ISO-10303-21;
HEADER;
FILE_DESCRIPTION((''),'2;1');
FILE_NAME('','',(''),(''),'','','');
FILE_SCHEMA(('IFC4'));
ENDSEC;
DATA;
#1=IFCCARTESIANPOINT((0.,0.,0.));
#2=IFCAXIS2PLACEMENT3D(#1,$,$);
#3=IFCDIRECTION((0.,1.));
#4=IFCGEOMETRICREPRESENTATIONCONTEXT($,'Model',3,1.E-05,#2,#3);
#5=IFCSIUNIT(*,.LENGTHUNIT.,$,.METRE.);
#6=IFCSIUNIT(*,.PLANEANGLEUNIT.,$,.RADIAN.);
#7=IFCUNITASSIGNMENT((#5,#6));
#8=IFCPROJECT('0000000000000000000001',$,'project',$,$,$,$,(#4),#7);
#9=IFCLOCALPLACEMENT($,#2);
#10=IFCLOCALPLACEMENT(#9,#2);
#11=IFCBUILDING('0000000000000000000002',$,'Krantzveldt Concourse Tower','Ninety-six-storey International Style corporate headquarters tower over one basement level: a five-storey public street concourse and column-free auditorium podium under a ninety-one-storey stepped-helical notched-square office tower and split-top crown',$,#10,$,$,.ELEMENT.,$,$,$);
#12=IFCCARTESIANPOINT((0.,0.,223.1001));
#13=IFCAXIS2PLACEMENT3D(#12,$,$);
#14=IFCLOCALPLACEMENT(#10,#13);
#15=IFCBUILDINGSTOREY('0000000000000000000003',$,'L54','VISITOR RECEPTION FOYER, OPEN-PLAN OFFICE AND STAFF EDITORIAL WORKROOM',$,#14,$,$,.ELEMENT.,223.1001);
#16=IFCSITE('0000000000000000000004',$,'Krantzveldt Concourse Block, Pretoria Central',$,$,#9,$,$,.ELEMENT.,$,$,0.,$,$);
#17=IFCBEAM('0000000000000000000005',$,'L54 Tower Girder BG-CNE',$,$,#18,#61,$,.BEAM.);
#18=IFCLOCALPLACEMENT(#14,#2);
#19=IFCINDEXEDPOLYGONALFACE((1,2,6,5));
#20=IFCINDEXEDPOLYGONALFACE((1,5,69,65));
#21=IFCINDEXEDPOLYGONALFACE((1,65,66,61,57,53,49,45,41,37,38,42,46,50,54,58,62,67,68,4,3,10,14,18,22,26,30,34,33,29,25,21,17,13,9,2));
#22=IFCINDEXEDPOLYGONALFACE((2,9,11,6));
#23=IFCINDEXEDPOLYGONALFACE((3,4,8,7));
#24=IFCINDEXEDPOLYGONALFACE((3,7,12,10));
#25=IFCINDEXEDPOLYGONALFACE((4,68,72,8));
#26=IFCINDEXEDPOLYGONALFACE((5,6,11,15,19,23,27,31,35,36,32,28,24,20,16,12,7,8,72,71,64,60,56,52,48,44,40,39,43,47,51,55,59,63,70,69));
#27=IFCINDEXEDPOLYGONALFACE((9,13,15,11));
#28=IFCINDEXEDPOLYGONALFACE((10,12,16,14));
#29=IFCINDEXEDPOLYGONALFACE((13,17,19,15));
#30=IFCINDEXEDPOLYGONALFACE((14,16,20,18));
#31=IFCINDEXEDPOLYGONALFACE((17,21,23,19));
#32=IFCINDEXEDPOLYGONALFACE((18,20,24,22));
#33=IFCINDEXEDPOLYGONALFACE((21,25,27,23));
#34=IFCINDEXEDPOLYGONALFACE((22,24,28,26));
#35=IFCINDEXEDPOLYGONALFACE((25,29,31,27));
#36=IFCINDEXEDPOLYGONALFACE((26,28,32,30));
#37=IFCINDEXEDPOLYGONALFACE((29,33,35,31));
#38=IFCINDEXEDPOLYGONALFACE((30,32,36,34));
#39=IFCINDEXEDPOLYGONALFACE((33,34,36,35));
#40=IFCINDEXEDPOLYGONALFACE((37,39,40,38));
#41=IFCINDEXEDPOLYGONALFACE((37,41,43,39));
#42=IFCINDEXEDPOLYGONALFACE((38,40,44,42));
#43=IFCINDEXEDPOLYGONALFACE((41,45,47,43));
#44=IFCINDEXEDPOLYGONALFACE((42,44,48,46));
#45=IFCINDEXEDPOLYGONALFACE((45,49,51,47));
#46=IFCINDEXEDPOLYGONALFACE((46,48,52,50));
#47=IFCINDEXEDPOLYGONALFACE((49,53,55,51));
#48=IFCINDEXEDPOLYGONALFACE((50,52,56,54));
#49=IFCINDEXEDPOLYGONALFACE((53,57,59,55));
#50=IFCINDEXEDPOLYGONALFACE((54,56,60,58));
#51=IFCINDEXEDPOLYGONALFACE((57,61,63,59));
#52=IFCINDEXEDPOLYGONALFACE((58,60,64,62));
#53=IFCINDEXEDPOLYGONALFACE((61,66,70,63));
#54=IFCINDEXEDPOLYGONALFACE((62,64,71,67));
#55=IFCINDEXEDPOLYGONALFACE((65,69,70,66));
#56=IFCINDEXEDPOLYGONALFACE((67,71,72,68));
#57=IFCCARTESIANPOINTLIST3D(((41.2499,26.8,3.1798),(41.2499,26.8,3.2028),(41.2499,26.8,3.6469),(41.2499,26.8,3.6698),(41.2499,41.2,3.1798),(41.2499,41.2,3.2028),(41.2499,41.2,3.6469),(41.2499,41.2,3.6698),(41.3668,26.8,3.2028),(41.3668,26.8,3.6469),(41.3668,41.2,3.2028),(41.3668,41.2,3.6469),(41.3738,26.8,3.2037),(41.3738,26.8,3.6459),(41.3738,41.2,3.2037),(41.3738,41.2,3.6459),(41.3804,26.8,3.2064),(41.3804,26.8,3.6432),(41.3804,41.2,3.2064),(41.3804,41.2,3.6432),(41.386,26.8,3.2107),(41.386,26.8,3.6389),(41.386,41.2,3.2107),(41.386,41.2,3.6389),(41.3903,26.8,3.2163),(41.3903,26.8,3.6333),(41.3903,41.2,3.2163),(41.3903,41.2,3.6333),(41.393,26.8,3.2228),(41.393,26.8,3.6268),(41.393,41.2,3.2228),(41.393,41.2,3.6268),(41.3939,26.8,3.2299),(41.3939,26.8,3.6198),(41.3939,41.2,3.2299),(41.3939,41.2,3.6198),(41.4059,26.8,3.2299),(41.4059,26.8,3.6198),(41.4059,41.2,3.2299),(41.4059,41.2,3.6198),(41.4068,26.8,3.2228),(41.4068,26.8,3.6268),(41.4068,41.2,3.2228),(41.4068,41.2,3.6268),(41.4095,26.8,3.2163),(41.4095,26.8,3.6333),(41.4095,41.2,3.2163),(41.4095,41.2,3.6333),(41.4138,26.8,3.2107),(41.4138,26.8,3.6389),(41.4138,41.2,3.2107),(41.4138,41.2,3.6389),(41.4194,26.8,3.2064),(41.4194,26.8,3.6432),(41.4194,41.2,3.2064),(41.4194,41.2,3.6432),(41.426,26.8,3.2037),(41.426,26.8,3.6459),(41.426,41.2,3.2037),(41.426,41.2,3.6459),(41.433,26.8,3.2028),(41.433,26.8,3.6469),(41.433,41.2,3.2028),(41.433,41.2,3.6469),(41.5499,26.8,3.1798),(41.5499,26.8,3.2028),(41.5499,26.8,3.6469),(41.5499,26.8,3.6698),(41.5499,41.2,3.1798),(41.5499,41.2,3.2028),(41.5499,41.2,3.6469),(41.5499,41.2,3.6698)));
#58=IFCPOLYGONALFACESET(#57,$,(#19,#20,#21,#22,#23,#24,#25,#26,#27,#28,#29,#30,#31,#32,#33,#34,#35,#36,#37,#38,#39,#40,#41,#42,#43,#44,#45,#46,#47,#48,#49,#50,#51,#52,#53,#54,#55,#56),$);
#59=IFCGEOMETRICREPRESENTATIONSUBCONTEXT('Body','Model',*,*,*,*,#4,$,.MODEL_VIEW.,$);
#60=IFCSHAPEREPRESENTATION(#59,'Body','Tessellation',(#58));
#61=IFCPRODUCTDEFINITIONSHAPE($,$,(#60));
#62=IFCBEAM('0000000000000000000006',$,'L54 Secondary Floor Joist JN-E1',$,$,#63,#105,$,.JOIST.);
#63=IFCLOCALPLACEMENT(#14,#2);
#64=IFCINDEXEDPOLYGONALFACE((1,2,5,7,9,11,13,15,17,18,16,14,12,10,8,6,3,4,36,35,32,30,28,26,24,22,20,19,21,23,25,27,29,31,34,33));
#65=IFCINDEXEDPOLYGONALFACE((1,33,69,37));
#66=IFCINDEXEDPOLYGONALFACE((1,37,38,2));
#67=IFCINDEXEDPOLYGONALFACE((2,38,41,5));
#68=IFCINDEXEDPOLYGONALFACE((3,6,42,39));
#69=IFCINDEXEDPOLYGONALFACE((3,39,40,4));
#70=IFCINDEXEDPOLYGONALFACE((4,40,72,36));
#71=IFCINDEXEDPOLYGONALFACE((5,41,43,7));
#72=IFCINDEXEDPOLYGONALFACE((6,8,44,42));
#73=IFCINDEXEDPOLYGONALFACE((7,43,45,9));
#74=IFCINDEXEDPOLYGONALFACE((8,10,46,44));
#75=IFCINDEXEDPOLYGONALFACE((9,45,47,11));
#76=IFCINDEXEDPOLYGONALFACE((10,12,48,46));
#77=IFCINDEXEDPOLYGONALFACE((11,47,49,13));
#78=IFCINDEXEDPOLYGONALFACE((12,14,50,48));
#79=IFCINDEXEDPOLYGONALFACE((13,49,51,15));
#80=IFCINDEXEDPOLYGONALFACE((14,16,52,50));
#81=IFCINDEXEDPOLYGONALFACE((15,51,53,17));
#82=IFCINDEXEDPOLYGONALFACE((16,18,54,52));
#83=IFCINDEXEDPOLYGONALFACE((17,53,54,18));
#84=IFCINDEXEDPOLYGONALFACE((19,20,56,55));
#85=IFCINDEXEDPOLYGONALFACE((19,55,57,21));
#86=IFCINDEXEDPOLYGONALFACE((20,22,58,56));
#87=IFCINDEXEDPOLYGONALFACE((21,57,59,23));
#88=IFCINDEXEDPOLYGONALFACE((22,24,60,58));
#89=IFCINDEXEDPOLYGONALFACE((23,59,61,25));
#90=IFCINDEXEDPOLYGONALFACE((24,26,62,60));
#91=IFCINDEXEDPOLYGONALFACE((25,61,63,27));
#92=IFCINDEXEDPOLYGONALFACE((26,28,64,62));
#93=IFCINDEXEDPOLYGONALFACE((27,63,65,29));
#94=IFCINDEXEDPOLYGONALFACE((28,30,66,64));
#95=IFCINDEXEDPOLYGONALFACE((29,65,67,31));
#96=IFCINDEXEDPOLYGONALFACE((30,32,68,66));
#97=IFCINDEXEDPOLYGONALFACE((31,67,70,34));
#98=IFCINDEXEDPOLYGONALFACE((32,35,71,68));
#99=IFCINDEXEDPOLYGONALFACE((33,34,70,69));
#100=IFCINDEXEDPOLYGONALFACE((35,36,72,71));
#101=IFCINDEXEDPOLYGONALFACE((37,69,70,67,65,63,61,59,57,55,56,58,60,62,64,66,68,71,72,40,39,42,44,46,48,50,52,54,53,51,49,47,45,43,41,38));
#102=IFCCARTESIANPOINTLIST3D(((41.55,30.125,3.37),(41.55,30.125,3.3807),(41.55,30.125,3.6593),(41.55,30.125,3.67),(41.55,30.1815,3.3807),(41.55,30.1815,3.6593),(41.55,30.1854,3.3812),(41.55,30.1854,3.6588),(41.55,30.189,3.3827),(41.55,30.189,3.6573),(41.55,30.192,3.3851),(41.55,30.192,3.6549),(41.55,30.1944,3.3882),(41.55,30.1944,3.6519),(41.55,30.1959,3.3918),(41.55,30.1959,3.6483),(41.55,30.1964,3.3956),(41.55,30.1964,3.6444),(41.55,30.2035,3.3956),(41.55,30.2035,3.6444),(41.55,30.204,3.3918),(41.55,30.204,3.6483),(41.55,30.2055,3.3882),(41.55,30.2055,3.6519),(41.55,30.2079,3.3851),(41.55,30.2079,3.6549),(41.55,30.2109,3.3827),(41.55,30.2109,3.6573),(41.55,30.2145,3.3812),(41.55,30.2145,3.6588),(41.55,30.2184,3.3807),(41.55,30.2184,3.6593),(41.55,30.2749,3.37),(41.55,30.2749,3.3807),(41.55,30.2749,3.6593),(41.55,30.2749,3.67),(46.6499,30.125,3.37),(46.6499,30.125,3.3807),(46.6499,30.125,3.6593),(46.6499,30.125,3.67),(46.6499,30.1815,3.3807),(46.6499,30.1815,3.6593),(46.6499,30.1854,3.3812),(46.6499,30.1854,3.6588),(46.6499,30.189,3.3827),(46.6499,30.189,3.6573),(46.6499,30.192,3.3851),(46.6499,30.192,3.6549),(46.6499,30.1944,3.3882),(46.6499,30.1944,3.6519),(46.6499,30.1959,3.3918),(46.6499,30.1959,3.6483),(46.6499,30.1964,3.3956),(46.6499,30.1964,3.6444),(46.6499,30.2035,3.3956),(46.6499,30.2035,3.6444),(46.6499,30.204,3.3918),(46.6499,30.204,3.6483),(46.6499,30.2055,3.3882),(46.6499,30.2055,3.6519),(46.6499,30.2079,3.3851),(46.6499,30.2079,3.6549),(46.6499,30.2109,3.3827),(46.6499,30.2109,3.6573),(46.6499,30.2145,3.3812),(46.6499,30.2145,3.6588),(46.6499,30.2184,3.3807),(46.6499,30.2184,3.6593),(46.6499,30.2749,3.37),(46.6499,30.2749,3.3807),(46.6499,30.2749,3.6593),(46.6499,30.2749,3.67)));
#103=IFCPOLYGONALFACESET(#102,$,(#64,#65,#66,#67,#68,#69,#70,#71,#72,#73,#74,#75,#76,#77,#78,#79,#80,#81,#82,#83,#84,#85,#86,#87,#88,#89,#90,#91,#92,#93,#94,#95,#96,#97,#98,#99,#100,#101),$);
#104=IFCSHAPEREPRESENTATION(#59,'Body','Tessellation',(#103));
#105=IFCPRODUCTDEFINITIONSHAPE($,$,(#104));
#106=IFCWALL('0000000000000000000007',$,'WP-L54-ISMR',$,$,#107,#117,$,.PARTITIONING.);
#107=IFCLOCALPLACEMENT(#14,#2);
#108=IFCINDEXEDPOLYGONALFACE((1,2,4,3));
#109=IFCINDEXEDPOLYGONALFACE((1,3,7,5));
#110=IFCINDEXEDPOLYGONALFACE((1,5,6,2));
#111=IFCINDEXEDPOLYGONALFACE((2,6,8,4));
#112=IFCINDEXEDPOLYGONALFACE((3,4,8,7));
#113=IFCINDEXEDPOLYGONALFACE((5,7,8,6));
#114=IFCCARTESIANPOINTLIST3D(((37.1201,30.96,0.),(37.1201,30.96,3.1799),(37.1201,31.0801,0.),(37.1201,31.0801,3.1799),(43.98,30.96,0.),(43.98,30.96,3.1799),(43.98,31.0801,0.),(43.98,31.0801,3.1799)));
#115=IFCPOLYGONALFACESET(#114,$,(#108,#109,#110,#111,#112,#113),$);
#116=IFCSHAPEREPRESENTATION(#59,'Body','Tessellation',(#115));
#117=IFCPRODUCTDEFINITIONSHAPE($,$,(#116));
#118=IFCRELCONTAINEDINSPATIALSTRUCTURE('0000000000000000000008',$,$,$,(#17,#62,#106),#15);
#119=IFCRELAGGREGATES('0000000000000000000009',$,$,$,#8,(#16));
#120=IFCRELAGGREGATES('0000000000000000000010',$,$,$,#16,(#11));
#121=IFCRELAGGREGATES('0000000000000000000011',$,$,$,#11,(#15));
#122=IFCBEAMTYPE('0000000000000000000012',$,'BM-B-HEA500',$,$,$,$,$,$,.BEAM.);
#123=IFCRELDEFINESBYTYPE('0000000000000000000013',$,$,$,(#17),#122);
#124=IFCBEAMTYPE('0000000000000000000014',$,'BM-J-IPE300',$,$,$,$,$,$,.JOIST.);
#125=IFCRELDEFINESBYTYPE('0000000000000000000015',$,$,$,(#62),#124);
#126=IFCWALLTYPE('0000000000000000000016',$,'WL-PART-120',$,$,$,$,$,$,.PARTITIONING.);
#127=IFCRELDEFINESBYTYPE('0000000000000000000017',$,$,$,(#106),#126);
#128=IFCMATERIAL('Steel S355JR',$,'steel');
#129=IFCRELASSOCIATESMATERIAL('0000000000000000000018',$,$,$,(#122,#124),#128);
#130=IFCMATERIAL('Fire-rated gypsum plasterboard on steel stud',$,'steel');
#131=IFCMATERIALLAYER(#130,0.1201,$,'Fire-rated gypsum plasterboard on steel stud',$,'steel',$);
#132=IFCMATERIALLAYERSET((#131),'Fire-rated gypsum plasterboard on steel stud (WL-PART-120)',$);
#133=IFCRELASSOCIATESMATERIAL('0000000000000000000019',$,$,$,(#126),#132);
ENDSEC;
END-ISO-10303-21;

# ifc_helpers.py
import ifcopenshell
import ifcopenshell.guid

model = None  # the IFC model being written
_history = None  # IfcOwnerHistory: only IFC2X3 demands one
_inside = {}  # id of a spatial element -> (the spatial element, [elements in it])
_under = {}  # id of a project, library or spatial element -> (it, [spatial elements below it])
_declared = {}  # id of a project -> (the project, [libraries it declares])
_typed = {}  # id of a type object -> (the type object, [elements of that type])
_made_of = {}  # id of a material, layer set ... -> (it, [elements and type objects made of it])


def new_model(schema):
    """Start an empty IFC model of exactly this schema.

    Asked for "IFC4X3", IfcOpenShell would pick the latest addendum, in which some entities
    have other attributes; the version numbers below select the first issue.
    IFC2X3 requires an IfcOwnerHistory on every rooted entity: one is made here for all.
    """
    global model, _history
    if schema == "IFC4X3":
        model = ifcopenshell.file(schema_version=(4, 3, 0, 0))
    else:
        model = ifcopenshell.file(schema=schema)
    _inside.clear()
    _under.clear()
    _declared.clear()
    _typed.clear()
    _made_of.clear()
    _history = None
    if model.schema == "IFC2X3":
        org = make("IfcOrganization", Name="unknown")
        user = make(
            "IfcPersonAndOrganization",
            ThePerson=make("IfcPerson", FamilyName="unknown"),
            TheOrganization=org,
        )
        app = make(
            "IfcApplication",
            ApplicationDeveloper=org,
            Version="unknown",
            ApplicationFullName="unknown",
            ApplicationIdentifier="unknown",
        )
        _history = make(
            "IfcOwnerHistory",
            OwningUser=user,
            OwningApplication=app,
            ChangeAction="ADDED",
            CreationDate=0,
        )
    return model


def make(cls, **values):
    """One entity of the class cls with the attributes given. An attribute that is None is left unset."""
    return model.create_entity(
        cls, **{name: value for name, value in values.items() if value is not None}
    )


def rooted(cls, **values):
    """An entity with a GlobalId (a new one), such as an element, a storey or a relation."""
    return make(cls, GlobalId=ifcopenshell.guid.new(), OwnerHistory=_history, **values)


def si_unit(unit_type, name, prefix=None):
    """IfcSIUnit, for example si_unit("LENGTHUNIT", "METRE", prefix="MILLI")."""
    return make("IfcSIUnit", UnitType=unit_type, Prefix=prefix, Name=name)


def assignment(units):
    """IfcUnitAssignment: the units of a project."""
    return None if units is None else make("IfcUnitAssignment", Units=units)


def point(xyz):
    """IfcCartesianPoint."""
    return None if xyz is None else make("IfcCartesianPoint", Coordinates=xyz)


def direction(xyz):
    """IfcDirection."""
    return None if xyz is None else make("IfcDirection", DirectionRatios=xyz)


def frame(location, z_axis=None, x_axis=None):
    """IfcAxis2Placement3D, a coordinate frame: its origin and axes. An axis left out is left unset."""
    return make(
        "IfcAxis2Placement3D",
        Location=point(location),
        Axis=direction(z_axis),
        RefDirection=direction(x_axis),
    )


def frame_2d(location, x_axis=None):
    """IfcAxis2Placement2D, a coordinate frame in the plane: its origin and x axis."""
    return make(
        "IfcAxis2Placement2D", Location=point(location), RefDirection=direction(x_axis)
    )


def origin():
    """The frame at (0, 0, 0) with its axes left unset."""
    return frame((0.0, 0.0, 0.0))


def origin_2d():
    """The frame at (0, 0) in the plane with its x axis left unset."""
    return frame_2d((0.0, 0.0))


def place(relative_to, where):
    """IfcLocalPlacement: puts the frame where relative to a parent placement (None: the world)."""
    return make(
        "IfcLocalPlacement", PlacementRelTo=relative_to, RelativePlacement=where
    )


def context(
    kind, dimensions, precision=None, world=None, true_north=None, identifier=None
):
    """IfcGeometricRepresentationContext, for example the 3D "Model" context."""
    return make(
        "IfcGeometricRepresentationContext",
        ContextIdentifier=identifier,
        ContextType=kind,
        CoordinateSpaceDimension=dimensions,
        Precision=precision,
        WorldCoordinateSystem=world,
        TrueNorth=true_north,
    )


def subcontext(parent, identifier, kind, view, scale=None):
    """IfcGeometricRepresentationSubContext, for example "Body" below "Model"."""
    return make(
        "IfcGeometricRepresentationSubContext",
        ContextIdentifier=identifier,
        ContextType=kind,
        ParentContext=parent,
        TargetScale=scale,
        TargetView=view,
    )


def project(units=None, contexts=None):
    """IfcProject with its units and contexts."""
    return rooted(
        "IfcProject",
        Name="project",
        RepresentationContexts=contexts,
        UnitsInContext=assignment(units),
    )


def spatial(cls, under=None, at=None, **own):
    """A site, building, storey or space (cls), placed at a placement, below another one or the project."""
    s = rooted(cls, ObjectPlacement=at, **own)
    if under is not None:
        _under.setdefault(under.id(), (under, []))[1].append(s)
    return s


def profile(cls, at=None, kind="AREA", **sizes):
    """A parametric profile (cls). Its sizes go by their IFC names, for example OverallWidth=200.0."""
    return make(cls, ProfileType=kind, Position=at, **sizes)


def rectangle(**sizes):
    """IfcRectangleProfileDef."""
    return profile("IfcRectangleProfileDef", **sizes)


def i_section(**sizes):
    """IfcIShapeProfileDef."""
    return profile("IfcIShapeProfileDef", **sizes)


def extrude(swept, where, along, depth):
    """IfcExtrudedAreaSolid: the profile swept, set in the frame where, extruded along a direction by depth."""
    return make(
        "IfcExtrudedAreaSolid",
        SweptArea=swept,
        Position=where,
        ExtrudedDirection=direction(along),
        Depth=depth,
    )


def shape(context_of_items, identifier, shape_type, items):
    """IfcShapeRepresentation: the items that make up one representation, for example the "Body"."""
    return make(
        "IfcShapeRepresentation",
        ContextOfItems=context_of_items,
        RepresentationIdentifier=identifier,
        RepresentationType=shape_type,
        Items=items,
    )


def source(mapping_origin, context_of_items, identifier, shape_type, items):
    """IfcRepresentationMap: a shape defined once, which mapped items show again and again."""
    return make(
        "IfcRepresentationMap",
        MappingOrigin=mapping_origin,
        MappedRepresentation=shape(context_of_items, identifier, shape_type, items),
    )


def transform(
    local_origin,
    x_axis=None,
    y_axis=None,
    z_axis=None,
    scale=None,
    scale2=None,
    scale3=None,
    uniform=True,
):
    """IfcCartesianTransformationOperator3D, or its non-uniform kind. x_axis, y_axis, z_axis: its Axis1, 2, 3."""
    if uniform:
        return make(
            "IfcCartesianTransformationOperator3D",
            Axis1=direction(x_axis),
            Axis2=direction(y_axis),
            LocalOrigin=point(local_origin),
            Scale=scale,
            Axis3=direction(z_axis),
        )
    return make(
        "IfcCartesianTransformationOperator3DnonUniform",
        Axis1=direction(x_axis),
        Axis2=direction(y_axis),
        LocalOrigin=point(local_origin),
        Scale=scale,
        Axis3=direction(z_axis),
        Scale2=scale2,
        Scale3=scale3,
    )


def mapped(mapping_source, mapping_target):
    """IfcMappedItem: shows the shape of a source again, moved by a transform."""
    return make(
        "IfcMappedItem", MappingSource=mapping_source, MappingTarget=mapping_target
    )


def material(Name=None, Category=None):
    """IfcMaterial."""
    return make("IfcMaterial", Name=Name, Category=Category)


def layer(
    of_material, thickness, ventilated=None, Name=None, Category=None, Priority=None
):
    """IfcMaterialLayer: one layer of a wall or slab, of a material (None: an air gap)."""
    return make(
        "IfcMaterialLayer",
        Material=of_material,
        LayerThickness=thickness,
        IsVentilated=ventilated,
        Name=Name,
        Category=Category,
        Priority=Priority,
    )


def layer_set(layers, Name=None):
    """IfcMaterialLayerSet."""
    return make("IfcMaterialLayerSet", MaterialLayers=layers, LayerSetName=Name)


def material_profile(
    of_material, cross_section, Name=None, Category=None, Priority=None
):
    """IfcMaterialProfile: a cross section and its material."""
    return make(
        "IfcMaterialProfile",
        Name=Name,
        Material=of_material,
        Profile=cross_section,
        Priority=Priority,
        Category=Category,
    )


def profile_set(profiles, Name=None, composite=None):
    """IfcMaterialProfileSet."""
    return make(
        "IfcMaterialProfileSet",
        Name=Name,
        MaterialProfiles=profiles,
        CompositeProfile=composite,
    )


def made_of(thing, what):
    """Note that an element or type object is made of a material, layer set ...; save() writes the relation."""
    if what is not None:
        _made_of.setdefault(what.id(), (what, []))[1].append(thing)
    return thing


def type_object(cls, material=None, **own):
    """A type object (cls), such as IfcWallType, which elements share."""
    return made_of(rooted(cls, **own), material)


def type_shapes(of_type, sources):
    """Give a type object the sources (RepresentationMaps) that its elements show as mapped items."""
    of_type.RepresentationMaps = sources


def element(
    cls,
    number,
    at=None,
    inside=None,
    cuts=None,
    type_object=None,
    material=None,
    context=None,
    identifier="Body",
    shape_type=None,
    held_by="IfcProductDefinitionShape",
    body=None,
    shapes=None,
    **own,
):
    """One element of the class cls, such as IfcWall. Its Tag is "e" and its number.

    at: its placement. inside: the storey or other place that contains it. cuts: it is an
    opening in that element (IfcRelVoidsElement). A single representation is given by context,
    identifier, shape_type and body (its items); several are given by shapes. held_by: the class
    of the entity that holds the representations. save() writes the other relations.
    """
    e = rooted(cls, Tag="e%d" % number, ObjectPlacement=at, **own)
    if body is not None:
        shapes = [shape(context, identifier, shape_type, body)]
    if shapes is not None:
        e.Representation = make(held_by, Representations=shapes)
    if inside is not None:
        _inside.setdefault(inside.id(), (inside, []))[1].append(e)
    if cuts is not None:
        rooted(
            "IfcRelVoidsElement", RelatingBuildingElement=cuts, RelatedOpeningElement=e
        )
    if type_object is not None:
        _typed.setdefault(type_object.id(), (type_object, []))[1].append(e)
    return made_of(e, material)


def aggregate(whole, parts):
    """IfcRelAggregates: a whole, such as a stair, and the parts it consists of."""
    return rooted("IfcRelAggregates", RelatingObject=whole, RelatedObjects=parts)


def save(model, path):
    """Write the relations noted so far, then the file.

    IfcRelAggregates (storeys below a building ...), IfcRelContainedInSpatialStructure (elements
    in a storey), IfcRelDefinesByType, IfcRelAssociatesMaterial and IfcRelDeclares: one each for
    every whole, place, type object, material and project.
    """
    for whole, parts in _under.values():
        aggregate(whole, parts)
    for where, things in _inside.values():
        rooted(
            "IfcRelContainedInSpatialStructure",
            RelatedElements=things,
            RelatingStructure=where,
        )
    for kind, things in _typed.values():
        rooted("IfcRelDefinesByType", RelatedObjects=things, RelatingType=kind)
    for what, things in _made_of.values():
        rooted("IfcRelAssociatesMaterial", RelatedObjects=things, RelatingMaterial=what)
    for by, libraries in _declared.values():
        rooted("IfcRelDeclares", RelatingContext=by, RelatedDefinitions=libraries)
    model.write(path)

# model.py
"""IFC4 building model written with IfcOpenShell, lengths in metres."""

from ifc_helpers import new_model, si_unit, direction, frame, frame_2d, origin, origin_2d, place, context, subcontext, project, spatial, rectangle, i_section, extrude, source, transform, mapped, material, layer, layer_set, material_profile, profile_set, type_object, type_shapes, element, save


model = new_model("IFC4")

# Units and contexts
model_context = context("Model", 3, precision=1e-05, world=origin(), true_north=direction((0.0, 1.0)))
body_context = subcontext(model_context, "Body", "Model", "MODEL_VIEW")
ifc_project = project(units=[si_unit("LENGTHUNIT", "METRE"), si_unit("PLANEANGLEUNIT", "RADIAN")], contexts=[model_context])

# Site, building, storey
site_placement = place(None, origin())
site = spatial("IfcSite", under=ifc_project, at=site_placement, Name="Krantzveldt Concourse Block, Pretoria Central", CompositionType="ELEMENT", RefElevation=0.0)
building_placement = place(site_placement, origin())
building = spatial("IfcBuilding", under=site, at=building_placement, Name="Krantzveldt Concourse Tower", Description="Ninety-six-storey International Style corporate headquarters tower over one basement level: a five-storey public street concourse and column-free auditorium podium under a ninety-one-storey stepped-helical notched-square office tower and split-top crown", CompositionType="ELEMENT")
storey_placement = place(building_placement, frame((0.0, 0.0, 223.1001)))
storey = spatial("IfcBuildingStorey", under=building, at=storey_placement, Name="L54", Description="VISITOR RECEPTION FOYER, OPEN-PLAN OFFICE AND STAFF EDITORIAL WORKROOM", CompositionType="ELEMENT", Elevation=223.1001)

# Beams
ifc_material_1 = material(Name="Steel S355JR", Category="steel")
ifc_material_profile_1 = material_profile(ifc_material_1, i_section(OverallWidth=0.3, OverallDepth=0.49, WebThickness=0.012, FlangeThickness=0.0229, FilletRadius=0.0271, at=origin_2d()), Name="Steel S355JR", Category="steel")
ifc_profile_set_1 = profile_set([ifc_material_profile_1], Name="Steel S355JR - HEA 500")
beam_type_1 = type_object("IfcBeamType", Name="BM-B-HEA500", PredefinedType="BEAM", material=ifc_profile_set_1)
shared_shape_1 = source(origin(), body_context, "Body", "SweptSolid", [
    extrude(i_section(OverallWidth=0.3, OverallDepth=0.49, WebThickness=0.012, FlangeThickness=0.0229, FilletRadius=0.0271, at=origin_2d()), origin(), (0.0, 0.0, 1.0), 14.3999),
])
type_shapes(beam_type_1, [shared_shape_1])
beam_1_placement = place(storey_placement, frame((41.3999, 26.8, 3.4248), z_axis=(0.0, 1.0, 0.0), x_axis=(-1.0, 0.0, 0.0)))
element("IfcBeam", 1, at=beam_1_placement, inside=storey, type_object=beam_type_1, Name="L54 Tower Girder BG-CNE", PredefinedType="BEAM", context=body_context, shape_type="MappedRepresentation", body=[
    mapped(shared_shape_1, transform((0.0, 0.0, 0.0), x_axis=(1.0, 0.0, 0.0), y_axis=(0.0, 1.0, 0.0), z_axis=(0.0, 0.0, 1.0), scale=1.0)),
])
ifc_material_profile_2 = material_profile(ifc_material_1, i_section(OverallWidth=0.1499, OverallDepth=0.3, WebThickness=0.0071, FlangeThickness=0.0107, FilletRadius=0.0149, at=origin_2d()), Name="Steel S355JR", Category="steel")
ifc_profile_set_2 = profile_set([ifc_material_profile_2], Name="Steel S355JR - IPE 300")
beam_type_2 = type_object("IfcBeamType", Name="BM-J-IPE300", PredefinedType="JOIST", material=ifc_profile_set_2)
shared_shape_2 = source(origin(), body_context, "Body", "SweptSolid", [
    extrude(i_section(OverallWidth=0.1499, OverallDepth=0.3, WebThickness=0.0071, FlangeThickness=0.0107, FilletRadius=0.0149, at=origin_2d()), origin(), (0.0, 0.0, 1.0), 5.0999),
])
type_shapes(beam_type_2, [shared_shape_2])
beam_2_placement = place(storey_placement, frame((41.55, 30.2, 3.52), z_axis=(1.0, 0.0, 0.0), x_axis=(0.0, 1.0, 0.0)))
element("IfcBeam", 2, at=beam_2_placement, inside=storey, type_object=beam_type_2, Name="L54 Secondary Floor Joist JN-E1", PredefinedType="JOIST", context=body_context, shape_type="MappedRepresentation", body=[
    mapped(shared_shape_2, transform((0.0, 0.0, 0.0), x_axis=(1.0, 0.0, 0.0), y_axis=(0.0, 1.0, 0.0), z_axis=(0.0, 0.0, 1.0), scale=1.0)),
])

# Wall
ifc_material_2 = material(Name="Fire-rated gypsum plasterboard on steel stud", Category="steel")
ifc_layer_1 = layer(ifc_material_2, 0.1201, Name="Fire-rated gypsum plasterboard on steel stud", Category="steel")
ifc_layer_set_1 = layer_set([ifc_layer_1], Name="Fire-rated gypsum plasterboard on steel stud (WL-PART-120)")
wall_type_1 = type_object("IfcWallType", Name="WL-PART-120", PredefinedType="PARTITIONING", material=ifc_layer_set_1)
wall_1_placement = place(storey_placement, frame((37.1201, 31.02, 0.0), z_axis=(0.0, 0.0, 1.0), x_axis=(1.0, 0.0, 0.0)))
element("IfcWall", 3, at=wall_1_placement, inside=storey, type_object=wall_type_1, Name="WP-L54-ISMR", PredefinedType="PARTITIONING", context=body_context, shape_type="SweptSolid", body=[
    extrude(rectangle(XDim=6.8599, YDim=0.1201, at=frame_2d((3.4299, 0.0))), origin(), (0.0, 0.0, 1.0), 3.1799),
])

save(model, "model.ifc")
